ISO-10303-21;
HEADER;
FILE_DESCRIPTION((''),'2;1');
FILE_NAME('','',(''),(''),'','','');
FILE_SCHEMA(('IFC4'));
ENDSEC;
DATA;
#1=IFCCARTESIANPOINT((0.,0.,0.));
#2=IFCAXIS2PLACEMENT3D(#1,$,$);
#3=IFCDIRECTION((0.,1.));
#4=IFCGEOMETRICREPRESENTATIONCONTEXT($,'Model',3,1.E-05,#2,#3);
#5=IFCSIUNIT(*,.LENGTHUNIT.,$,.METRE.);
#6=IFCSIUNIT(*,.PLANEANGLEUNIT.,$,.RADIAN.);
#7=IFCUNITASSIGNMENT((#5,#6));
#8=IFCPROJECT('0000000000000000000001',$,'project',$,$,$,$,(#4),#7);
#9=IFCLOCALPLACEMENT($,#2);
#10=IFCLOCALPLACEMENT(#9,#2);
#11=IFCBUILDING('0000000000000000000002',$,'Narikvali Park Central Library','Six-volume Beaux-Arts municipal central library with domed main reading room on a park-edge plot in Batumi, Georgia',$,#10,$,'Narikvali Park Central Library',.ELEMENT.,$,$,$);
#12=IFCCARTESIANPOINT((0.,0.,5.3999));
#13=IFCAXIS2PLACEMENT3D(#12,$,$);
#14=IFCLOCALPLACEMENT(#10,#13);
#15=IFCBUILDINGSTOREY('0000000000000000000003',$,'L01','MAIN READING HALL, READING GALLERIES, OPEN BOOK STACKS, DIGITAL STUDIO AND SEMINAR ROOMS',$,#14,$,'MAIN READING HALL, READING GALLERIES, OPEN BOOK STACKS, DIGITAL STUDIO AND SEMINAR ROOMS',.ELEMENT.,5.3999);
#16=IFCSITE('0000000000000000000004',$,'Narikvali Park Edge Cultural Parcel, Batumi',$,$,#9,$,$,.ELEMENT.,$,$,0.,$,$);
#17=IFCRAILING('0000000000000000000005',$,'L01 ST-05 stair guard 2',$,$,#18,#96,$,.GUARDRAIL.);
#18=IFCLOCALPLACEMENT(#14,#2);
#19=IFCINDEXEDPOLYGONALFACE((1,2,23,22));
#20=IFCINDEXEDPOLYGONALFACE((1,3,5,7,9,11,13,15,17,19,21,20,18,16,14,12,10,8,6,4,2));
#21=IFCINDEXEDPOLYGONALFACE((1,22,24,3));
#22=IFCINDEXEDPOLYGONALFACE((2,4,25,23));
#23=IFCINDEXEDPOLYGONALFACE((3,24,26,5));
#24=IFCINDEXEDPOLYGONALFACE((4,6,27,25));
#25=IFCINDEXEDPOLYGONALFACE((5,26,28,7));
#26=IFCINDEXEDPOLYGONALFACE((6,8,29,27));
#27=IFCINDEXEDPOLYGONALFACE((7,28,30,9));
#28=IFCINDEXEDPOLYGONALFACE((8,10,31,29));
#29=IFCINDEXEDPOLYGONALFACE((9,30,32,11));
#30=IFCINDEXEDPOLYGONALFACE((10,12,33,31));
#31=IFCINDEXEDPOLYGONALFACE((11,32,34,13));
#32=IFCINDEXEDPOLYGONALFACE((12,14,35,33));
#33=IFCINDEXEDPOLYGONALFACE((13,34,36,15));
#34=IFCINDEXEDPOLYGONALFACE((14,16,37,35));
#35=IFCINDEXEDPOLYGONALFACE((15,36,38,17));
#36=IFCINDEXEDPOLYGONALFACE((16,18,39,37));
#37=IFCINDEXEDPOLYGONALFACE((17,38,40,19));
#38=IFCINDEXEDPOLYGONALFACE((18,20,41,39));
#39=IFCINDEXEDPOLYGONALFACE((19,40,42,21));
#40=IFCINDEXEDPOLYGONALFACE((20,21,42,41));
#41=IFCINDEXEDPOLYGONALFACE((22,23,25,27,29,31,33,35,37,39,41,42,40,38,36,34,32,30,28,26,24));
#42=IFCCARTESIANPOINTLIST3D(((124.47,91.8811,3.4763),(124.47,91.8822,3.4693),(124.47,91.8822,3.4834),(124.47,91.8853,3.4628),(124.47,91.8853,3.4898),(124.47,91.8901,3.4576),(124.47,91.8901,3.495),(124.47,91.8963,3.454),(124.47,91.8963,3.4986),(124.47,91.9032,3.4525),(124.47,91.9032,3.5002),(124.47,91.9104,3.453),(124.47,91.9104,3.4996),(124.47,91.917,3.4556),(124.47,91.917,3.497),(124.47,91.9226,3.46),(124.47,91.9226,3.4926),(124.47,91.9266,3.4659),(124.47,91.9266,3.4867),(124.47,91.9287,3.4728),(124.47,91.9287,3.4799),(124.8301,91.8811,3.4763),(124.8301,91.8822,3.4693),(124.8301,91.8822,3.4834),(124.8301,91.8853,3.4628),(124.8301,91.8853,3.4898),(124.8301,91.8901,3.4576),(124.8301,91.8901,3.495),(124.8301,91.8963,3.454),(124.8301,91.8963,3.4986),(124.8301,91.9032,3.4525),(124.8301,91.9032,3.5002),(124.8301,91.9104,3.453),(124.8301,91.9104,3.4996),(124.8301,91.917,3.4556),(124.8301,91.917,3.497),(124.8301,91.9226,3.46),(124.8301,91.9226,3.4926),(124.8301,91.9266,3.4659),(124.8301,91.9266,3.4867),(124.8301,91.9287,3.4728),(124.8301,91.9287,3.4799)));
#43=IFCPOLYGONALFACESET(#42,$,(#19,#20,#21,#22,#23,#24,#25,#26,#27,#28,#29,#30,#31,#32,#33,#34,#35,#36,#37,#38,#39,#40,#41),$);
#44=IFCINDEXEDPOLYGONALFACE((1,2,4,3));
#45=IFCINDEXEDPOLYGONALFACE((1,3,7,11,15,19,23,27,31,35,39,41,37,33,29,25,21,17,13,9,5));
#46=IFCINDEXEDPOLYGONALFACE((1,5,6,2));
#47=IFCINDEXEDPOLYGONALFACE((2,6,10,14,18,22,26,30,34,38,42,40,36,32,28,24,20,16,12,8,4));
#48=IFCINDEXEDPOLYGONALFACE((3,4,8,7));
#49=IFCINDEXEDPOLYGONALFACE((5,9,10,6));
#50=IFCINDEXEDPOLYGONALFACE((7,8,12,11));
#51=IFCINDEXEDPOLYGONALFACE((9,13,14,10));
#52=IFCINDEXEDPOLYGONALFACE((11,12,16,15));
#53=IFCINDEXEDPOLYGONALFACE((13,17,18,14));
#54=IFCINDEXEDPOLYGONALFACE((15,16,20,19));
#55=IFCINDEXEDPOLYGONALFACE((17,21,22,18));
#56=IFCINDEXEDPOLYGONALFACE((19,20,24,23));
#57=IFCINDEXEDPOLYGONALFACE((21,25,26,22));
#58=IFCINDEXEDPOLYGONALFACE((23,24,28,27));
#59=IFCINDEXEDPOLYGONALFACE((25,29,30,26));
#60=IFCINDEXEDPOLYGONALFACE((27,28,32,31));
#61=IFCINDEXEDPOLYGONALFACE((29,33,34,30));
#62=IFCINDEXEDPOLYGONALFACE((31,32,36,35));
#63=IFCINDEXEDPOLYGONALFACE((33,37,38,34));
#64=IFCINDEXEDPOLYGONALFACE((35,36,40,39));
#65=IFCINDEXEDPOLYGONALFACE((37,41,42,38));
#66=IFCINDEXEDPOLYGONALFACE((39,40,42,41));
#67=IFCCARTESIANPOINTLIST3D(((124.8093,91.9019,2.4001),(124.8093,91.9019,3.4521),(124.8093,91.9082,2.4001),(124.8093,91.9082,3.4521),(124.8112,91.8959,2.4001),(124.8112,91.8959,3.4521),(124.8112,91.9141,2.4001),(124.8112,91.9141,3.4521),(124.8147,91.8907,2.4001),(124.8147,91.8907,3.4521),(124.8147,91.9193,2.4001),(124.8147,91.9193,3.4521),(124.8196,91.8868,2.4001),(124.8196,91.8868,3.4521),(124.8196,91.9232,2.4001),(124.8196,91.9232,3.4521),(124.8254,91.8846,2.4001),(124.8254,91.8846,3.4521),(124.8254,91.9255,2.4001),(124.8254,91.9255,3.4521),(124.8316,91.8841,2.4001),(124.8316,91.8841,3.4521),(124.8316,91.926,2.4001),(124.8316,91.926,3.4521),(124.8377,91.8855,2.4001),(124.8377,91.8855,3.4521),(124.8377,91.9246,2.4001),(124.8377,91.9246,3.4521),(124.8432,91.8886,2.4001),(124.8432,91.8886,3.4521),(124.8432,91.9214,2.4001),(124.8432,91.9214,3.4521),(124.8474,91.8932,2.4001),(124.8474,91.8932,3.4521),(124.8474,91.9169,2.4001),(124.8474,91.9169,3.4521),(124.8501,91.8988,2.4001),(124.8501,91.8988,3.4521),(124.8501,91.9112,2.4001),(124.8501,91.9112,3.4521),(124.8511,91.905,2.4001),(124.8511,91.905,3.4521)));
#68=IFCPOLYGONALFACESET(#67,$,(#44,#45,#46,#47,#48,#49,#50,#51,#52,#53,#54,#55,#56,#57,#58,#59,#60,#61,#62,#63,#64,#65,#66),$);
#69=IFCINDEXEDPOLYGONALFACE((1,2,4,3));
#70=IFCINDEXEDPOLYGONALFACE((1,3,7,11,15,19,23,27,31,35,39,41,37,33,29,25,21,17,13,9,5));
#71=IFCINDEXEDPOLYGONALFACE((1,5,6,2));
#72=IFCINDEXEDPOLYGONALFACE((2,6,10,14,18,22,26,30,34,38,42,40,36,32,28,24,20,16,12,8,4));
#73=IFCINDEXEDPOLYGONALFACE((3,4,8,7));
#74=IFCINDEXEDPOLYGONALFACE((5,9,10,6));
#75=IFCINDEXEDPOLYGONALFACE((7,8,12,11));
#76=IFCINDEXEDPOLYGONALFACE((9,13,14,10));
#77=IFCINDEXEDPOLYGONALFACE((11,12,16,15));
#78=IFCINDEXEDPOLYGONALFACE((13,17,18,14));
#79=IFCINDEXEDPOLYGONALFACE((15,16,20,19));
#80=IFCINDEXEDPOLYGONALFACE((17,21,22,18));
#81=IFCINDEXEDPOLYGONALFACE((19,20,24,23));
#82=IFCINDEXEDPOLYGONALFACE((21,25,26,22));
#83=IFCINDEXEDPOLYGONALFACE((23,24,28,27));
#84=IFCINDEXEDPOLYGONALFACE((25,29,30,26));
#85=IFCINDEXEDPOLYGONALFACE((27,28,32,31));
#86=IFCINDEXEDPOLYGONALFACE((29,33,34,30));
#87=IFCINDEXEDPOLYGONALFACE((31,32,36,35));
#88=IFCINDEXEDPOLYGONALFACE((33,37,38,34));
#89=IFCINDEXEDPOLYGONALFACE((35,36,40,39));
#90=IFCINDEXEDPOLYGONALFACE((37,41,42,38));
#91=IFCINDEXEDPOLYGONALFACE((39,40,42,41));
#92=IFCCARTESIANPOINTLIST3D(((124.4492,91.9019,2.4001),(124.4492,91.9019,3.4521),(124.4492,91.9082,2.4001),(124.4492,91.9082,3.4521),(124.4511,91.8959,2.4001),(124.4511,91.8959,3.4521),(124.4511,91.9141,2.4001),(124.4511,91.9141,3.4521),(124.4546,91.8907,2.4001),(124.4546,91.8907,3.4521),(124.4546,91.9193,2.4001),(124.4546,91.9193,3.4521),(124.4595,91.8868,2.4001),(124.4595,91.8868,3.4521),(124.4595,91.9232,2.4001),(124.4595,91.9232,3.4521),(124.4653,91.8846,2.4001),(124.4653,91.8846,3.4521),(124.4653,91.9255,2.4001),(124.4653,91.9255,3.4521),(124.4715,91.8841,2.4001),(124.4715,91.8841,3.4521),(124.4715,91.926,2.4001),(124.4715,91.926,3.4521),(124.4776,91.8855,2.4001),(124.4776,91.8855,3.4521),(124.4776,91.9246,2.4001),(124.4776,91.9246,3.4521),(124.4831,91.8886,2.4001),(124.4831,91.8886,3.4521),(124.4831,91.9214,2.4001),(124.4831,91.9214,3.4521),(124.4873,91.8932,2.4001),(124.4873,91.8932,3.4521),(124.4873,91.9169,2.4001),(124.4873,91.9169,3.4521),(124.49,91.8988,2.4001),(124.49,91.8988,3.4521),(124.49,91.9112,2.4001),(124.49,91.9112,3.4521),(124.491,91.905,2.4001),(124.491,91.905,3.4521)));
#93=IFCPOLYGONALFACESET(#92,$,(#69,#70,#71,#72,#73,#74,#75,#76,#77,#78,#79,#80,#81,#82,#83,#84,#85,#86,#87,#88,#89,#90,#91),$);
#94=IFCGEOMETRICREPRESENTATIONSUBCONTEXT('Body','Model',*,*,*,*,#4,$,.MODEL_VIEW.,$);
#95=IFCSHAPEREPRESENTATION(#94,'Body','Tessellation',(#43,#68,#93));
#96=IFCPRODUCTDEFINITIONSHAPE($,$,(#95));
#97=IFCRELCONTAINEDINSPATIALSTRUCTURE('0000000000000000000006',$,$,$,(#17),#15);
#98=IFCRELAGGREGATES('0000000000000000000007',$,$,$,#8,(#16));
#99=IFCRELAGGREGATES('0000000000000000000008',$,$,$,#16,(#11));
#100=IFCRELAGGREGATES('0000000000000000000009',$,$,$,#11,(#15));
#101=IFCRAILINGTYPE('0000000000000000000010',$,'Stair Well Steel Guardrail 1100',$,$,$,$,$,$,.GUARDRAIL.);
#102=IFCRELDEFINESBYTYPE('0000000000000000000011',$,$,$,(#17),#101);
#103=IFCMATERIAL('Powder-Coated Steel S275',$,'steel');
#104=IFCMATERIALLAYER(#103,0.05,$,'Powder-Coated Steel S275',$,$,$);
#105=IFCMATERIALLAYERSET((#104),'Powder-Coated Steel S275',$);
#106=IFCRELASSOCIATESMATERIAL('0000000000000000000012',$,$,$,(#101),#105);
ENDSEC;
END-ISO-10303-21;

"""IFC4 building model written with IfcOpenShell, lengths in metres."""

from ifc_helpers import new_model, si_unit, direction, frame, origin, origin_2d, place, context, subcontext, project, spatial, circle, extrude, material, layer, layer_set, type_object, element, save


model = new_model("IFC4")

# Units and contexts
model_context = context("Model", 3, precision=1e-05, world=origin(), true_north=direction((0.0, 1.0)))
body_context = subcontext(model_context, "Body", "Model", "MODEL_VIEW")
ifc_project = project(units=[si_unit("LENGTHUNIT", "METRE"), si_unit("PLANEANGLEUNIT", "RADIAN")], contexts=[model_context])

# Site, building, storey
site_placement = place(None, origin())
site = spatial("IfcSite", under=ifc_project, at=site_placement, Name="Narikvali Park Edge Cultural Parcel, Batumi", CompositionType="ELEMENT", RefElevation=0.0)
building_placement = place(site_placement, origin())
building = spatial("IfcBuilding", under=site, at=building_placement, Name="Narikvali Park Central Library", Description="Six-volume Beaux-Arts municipal central library with domed main reading room on a park-edge plot in Batumi, Georgia", LongName="Narikvali Park Central Library", CompositionType="ELEMENT")
storey_placement = place(building_placement, frame((0.0, 0.0, 5.3999)))
storey = spatial("IfcBuildingStorey", under=building, at=storey_placement, Name="L01", Description="MAIN READING HALL, READING GALLERIES, OPEN BOOK STACKS, DIGITAL STUDIO AND SEMINAR ROOMS", LongName="MAIN READING HALL, READING GALLERIES, OPEN BOOK STACKS, DIGITAL STUDIO AND SEMINAR ROOMS", CompositionType="ELEMENT", Elevation=5.3999)

# Railing
ifc_material_1 = material(Name="Powder-Coated Steel S275", Category="steel")
ifc_layer_1 = layer(ifc_material_1, 0.05, Name="Powder-Coated Steel S275")
ifc_layer_set_1 = layer_set([ifc_layer_1], Name="Powder-Coated Steel S275")
railing_type_1 = type_object("IfcRailingType", Name="Stair Well Steel Guardrail 1100", PredefinedType="GUARDRAIL", material=ifc_layer_set_1)
railing_1_placement = place(storey_placement, frame((124.8301, 91.905, 2.4001)))
element("IfcRailing", 1, at=railing_1_placement, inside=storey, type_object=railing_type_1, Name="L01 ST-05 stair guard 2", PredefinedType="GUARDRAIL", context=body_context, shape_type="SweptSolid", body=[
    extrude(circle(Radius=0.0239, at=origin_2d()), frame((0.0, 0.0, 1.0762), z_axis=(-1.0, 0.0, 0.0), x_axis=(0.0, -1.0, 0.0)), (0.0, 0.0, 1.0), 0.3601),
    extrude(circle(Radius=0.021, at=origin_2d()), origin(), (0.0, 0.0, 1.0), 1.052),
    extrude(circle(Radius=0.021, at=origin_2d()), frame((-0.3601, 0.0, 0.0)), (0.0, 0.0, 1.0), 1.052),
])

save(model, "model.ifc")
